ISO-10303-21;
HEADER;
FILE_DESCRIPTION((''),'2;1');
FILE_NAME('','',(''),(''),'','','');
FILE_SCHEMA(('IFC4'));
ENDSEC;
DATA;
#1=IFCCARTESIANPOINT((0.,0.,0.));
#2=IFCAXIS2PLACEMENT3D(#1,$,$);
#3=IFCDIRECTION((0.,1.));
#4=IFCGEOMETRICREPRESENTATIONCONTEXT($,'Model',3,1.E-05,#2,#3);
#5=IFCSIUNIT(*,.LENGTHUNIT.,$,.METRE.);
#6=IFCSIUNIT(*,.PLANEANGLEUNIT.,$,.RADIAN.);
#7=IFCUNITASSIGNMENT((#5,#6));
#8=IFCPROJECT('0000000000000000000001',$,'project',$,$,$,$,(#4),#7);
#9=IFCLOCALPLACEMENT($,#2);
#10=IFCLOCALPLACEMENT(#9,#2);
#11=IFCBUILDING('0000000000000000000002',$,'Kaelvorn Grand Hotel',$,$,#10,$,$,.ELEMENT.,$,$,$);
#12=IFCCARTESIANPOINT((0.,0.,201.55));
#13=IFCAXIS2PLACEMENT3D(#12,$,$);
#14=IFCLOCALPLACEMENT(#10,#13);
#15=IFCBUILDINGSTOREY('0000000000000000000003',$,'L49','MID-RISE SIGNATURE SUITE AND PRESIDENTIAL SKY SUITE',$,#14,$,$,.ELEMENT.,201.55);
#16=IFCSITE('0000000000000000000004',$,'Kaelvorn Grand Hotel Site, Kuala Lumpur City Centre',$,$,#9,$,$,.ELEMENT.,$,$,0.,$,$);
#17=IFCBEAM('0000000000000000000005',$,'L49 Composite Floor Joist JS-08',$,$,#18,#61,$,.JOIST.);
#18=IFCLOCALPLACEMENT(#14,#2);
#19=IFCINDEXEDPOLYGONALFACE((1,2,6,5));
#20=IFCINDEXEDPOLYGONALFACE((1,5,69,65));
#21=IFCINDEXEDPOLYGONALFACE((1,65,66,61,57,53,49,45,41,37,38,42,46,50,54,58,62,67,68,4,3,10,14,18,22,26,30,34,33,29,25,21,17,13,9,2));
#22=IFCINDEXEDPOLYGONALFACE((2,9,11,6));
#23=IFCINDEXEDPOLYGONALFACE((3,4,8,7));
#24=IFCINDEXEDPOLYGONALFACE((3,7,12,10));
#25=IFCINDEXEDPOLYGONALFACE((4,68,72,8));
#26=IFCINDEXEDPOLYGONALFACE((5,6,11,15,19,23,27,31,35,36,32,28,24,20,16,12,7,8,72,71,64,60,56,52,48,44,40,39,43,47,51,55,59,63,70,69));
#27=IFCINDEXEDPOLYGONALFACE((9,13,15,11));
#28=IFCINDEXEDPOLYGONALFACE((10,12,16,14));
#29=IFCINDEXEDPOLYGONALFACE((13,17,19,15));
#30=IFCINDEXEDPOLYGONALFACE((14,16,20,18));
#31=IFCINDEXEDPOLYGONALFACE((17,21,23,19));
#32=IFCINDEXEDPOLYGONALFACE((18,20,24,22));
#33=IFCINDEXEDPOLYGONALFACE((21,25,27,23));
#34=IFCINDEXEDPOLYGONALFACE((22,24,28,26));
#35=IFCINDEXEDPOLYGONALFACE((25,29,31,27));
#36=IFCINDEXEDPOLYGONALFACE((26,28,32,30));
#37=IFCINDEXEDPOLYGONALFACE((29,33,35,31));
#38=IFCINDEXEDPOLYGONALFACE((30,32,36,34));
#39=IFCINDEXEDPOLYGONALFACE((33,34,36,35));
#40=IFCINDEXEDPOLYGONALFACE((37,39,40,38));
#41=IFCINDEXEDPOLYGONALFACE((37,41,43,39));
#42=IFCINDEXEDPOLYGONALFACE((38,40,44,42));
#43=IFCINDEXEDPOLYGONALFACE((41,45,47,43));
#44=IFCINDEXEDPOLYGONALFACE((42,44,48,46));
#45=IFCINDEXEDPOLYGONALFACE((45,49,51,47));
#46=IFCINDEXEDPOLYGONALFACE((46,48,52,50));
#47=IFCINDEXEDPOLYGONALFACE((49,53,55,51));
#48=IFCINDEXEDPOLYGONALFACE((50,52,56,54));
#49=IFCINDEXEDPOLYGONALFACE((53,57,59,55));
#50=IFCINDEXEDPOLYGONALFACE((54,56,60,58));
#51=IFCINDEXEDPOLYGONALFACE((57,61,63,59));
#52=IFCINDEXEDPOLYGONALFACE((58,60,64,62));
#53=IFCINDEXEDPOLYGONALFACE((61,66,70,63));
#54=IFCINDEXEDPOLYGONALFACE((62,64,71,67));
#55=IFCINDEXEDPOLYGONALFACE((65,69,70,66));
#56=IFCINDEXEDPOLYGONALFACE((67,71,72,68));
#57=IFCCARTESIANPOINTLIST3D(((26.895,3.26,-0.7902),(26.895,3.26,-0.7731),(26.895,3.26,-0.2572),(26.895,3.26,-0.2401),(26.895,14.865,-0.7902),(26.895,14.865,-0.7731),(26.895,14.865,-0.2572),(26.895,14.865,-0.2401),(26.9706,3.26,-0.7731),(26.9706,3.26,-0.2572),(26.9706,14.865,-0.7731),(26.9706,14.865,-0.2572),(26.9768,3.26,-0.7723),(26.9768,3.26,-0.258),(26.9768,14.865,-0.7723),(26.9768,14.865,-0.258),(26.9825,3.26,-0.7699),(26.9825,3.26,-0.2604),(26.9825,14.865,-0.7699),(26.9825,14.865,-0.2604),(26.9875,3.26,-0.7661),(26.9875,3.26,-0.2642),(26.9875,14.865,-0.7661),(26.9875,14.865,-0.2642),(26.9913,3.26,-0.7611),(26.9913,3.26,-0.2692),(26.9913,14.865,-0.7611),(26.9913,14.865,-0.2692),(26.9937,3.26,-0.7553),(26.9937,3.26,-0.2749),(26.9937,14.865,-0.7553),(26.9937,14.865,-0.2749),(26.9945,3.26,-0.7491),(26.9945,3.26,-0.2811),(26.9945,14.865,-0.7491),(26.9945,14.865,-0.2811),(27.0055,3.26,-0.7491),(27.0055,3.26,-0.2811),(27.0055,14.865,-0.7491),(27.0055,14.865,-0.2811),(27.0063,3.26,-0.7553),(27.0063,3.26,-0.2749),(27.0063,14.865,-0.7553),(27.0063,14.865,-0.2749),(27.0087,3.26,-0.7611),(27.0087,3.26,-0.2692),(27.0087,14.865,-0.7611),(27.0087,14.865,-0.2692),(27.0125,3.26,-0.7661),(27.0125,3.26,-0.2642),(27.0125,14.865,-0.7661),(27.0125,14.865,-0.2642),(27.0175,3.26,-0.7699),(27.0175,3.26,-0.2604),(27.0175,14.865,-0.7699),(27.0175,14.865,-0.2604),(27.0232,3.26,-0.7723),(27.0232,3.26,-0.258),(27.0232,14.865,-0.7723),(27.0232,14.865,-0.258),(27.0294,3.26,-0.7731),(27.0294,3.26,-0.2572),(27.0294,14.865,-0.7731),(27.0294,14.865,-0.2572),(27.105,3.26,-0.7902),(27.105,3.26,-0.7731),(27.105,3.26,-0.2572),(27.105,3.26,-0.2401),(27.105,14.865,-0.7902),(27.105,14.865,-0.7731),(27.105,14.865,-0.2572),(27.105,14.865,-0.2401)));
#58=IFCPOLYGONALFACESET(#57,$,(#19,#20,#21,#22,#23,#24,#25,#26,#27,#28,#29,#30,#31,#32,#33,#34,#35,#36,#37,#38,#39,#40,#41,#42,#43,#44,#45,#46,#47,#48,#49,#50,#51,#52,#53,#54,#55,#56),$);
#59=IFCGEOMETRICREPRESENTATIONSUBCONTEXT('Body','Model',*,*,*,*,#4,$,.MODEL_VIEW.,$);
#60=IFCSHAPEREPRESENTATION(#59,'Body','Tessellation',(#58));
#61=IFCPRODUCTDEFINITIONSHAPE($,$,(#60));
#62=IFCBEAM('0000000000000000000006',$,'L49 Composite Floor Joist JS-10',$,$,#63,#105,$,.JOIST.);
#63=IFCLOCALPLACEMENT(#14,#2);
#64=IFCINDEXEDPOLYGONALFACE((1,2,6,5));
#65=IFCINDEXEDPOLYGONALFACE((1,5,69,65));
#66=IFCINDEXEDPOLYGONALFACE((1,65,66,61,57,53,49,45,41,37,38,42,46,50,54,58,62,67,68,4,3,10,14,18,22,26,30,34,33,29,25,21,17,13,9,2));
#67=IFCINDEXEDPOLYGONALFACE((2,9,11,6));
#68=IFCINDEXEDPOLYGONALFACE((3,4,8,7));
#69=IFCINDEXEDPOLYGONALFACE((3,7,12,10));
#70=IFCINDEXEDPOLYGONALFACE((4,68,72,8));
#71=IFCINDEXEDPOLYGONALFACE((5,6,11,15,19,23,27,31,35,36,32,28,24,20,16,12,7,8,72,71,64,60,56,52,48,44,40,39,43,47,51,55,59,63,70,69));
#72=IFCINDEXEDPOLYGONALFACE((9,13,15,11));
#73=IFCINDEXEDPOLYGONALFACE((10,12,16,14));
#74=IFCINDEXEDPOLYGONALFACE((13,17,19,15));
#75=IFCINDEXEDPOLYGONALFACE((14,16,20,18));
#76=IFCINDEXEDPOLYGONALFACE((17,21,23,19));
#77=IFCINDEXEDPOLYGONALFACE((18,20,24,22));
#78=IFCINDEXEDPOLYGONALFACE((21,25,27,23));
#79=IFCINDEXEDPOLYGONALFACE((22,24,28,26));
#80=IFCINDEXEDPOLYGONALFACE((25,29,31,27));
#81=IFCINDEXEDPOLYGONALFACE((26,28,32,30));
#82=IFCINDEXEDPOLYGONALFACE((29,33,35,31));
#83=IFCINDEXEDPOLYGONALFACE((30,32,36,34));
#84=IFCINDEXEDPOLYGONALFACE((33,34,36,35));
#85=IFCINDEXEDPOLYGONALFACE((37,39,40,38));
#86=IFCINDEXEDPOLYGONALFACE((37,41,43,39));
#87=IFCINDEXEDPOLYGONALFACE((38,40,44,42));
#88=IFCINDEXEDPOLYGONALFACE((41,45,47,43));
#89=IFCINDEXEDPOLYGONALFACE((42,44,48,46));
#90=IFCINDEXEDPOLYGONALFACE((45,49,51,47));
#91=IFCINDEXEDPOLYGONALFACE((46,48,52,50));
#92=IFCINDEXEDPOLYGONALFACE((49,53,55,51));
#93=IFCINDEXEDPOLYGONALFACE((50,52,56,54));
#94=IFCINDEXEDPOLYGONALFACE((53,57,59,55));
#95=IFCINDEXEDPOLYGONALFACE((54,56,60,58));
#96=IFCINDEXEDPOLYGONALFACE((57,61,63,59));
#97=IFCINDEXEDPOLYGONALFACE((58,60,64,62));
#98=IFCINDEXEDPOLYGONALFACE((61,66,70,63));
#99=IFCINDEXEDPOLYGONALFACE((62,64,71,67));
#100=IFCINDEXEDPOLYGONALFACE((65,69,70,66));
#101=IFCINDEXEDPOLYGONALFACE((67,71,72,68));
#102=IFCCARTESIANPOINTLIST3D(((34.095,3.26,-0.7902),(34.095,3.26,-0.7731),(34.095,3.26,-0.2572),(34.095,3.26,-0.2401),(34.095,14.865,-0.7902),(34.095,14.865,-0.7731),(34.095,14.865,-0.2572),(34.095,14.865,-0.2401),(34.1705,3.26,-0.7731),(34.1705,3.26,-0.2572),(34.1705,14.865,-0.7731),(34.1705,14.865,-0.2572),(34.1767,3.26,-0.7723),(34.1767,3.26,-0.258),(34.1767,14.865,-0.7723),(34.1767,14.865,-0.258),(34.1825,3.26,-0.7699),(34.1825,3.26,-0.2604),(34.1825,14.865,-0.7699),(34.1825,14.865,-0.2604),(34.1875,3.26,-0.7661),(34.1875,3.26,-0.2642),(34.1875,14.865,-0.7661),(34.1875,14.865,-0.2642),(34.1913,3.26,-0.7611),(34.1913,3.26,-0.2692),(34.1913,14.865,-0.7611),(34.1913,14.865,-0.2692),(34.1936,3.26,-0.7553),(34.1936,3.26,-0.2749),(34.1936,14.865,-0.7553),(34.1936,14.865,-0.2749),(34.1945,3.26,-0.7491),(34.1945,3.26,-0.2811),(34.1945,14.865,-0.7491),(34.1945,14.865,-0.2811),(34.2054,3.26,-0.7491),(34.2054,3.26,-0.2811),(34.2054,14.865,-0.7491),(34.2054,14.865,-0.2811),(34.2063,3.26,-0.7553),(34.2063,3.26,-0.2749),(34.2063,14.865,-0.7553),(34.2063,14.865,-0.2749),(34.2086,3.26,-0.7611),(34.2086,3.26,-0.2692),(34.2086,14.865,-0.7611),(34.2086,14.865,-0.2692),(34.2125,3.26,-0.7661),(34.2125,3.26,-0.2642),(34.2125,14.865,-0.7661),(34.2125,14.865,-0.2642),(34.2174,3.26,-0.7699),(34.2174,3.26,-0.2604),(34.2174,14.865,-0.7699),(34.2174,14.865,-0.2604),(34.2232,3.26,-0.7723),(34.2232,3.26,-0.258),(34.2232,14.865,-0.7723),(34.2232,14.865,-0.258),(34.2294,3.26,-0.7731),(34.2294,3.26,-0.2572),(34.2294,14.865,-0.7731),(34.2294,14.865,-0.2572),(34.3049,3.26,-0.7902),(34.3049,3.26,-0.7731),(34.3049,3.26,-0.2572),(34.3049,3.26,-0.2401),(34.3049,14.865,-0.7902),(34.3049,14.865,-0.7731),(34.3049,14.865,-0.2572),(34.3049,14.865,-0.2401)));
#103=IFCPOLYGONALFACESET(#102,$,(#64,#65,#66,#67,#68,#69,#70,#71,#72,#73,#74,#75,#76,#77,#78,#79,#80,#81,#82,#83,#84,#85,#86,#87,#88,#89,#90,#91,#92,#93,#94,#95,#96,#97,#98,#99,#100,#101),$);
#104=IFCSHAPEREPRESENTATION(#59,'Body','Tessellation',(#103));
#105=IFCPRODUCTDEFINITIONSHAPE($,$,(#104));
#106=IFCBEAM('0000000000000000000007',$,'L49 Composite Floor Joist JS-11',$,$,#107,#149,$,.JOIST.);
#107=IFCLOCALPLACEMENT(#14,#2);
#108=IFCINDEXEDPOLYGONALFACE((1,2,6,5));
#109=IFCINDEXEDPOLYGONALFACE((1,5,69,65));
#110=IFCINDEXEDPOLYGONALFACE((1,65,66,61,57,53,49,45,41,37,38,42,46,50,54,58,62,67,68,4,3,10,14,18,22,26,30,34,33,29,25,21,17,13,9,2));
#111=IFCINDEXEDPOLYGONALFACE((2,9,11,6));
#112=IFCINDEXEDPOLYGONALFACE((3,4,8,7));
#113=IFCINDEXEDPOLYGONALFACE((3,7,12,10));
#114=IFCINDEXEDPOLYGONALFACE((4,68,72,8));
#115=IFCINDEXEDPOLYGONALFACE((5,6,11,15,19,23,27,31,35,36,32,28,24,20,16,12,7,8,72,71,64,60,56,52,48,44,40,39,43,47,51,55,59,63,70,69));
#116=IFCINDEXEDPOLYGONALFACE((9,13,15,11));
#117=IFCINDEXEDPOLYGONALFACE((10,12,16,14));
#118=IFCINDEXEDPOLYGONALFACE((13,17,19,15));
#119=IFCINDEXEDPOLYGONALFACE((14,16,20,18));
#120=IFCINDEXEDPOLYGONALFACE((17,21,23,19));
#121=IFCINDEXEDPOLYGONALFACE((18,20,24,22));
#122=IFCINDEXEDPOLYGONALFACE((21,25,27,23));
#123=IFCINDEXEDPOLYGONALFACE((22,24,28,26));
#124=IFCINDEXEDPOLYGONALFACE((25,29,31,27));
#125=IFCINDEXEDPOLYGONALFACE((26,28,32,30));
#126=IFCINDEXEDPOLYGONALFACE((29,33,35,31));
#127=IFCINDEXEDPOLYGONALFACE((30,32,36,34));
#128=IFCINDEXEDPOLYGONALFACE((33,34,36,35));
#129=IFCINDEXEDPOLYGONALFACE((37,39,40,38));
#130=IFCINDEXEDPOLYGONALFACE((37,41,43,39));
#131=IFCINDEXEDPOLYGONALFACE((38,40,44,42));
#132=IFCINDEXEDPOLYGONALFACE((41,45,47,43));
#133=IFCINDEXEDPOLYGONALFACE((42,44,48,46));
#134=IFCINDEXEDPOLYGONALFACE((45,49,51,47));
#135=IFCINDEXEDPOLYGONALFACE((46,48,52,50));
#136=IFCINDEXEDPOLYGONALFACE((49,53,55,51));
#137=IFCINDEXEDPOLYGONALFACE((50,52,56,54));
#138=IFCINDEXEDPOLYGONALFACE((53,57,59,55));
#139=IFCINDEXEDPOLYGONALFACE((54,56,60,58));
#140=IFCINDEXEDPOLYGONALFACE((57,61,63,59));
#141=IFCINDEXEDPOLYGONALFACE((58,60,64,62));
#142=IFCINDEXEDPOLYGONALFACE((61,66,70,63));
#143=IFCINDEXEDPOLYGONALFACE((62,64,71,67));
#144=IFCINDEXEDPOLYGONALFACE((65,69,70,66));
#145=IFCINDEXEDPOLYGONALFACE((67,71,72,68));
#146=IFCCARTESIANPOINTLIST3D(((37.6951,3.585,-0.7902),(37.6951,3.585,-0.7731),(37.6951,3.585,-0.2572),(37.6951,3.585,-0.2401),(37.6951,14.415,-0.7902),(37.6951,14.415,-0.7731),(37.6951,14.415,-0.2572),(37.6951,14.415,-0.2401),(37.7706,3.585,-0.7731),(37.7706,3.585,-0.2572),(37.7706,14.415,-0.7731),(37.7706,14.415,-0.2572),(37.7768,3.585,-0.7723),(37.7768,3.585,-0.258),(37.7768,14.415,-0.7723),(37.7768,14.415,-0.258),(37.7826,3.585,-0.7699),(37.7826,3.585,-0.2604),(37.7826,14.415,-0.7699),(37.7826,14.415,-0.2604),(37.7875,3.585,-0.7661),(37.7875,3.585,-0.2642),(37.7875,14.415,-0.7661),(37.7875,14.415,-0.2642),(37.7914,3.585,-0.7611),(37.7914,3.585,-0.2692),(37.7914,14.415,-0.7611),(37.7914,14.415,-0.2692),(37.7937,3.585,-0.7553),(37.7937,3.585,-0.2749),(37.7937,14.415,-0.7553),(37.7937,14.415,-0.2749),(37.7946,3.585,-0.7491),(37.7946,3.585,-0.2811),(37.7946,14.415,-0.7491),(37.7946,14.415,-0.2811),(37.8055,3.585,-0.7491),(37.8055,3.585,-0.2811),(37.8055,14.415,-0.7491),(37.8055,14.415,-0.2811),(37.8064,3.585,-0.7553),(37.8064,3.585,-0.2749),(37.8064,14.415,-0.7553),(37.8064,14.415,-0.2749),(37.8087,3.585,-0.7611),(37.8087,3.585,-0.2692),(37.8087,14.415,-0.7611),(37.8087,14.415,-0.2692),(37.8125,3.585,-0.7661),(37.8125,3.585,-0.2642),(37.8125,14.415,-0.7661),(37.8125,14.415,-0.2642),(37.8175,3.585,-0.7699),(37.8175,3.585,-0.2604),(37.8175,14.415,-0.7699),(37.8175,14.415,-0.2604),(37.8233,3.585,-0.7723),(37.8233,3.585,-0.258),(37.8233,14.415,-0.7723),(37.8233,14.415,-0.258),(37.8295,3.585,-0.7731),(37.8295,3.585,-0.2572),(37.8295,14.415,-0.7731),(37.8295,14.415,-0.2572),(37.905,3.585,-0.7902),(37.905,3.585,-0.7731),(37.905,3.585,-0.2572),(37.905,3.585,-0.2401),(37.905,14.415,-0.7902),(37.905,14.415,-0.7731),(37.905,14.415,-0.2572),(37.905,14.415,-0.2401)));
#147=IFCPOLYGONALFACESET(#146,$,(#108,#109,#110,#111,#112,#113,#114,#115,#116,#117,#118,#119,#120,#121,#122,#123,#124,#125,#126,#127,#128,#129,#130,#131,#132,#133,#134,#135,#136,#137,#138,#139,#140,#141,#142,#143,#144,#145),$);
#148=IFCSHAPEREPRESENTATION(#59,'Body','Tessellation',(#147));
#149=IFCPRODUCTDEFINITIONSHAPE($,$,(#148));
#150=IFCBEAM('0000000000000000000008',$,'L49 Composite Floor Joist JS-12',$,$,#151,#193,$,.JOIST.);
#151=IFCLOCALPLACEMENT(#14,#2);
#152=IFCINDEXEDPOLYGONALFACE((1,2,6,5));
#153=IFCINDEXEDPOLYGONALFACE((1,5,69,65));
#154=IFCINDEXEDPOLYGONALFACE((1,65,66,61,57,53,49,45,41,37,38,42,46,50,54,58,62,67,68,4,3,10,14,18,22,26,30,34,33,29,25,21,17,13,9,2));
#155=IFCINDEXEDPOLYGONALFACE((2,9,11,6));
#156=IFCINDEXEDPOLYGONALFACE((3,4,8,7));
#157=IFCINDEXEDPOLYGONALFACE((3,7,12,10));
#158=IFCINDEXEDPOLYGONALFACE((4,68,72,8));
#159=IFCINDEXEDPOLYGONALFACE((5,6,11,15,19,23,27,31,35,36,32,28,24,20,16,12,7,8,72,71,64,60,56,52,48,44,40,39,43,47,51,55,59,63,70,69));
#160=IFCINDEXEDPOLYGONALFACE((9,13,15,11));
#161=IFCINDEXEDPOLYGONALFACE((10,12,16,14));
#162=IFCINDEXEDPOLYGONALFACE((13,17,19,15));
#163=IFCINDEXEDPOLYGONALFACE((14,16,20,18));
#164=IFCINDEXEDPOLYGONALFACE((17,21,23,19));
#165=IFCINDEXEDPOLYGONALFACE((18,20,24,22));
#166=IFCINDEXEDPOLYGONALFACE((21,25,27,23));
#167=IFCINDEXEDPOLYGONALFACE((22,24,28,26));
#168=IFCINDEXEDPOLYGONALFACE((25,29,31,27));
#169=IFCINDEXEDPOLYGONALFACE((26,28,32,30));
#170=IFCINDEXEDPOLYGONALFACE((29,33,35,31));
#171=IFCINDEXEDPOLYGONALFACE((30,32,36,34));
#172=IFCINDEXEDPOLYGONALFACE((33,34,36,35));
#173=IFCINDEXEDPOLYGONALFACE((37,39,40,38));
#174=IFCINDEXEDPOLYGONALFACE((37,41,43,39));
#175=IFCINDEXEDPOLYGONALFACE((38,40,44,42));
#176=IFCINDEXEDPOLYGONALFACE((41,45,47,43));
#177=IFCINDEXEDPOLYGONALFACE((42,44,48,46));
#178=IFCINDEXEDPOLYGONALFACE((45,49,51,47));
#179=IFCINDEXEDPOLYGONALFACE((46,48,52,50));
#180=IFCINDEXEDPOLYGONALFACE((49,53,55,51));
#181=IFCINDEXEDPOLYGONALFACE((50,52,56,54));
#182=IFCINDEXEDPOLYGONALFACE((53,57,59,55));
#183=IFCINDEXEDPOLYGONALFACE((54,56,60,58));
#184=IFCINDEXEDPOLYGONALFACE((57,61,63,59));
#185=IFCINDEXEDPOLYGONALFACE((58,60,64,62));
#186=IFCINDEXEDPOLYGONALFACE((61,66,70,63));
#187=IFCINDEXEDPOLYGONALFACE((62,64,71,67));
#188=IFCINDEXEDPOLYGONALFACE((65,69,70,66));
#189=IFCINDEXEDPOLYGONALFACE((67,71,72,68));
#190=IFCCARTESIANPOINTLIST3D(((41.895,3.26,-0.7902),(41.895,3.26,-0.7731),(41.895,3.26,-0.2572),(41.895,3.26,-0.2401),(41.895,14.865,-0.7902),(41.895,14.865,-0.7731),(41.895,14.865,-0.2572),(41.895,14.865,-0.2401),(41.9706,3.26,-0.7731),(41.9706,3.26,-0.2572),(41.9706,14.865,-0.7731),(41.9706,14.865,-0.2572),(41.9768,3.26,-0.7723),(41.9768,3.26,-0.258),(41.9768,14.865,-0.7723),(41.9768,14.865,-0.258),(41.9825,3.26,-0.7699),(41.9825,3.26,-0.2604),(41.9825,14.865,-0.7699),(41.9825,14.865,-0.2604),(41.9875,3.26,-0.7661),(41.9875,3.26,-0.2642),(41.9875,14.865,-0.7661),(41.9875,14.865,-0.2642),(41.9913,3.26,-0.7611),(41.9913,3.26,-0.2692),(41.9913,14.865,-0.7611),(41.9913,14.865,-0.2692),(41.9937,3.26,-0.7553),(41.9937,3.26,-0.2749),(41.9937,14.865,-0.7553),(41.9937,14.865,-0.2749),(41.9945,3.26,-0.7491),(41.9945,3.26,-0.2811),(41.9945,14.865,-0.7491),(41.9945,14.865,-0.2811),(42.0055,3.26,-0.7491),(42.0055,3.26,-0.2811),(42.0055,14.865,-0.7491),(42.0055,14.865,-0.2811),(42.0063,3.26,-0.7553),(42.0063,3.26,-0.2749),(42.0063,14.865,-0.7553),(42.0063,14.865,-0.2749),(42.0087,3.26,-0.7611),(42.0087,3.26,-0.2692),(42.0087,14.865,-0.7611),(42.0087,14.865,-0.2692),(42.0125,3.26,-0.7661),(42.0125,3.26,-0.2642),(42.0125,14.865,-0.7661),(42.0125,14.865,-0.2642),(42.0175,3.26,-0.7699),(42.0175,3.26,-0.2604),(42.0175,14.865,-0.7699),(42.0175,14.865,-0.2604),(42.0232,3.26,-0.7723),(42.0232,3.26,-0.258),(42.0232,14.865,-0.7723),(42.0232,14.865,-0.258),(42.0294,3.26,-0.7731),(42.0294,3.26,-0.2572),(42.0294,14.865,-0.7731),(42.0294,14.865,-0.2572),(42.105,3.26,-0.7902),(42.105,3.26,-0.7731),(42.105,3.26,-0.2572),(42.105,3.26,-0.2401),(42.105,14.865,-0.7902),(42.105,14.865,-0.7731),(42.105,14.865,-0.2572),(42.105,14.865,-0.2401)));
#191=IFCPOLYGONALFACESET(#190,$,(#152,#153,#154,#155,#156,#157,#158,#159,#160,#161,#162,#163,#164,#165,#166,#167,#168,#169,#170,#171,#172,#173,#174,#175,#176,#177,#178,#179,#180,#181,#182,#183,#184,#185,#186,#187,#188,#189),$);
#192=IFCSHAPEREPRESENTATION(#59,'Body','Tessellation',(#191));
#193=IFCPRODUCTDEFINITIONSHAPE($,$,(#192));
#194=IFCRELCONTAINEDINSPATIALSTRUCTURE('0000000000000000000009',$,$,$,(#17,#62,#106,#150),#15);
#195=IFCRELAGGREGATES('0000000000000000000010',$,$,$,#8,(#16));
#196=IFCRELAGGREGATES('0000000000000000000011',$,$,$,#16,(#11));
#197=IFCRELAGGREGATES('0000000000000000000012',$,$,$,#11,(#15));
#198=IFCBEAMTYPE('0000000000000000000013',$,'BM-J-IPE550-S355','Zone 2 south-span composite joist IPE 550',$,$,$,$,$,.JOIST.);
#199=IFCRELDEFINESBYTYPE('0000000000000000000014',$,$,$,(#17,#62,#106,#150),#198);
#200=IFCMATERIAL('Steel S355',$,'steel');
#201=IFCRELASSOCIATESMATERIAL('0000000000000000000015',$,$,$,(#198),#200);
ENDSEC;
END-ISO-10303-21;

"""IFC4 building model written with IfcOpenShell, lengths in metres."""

from ifc_helpers import new_model, si_unit, direction, frame, origin, origin_2d, place, context, subcontext, project, spatial, i_section, extrude, material, material_profile, profile_set, type_object, element, save


model = new_model("IFC4")

# Units and contexts
model_context = context("Model", 3, precision=1e-05, world=origin(), true_north=direction((0.0, 1.0)))
body_context = subcontext(model_context, "Body", "Model", "MODEL_VIEW")
ifc_project = project(units=[si_unit("LENGTHUNIT", "METRE"), si_unit("PLANEANGLEUNIT", "RADIAN")], contexts=[model_context])

# Site, building, storey
site_placement = place(None, origin())
site = spatial("IfcSite", under=ifc_project, at=site_placement, Name="Kaelvorn Grand Hotel Site, Kuala Lumpur City Centre", CompositionType="ELEMENT", RefElevation=0.0)
building_placement = place(site_placement, origin())
building = spatial("IfcBuilding", under=site, at=building_placement, Name="Kaelvorn Grand Hotel", CompositionType="ELEMENT")
storey_placement = place(building_placement, frame((0.0, 0.0, 201.55)))
storey = spatial("IfcBuildingStorey", under=building, at=storey_placement, Name="L49", Description="MID-RISE SIGNATURE SUITE AND PRESIDENTIAL SKY SUITE", CompositionType="ELEMENT", Elevation=201.55)

# Beams
ifc_material_1 = material(Name="Steel S355", Category="steel")
ifc_material_profile_1 = material_profile(ifc_material_1, i_section(OverallWidth=0.21, OverallDepth=0.55, WebThickness=0.011, FlangeThickness=0.0171, FilletRadius=0.0239, at=origin_2d()), Name="IPE 550")
ifc_profile_set_1 = profile_set([ifc_material_profile_1], Name="Steel S355")
beam_type_1 = type_object("IfcBeamType", Name="BM-J-IPE550-S355", Description="Zone 2 south-span composite joist IPE 550", PredefinedType="JOIST", material=ifc_profile_set_1)
for number, where, z_axis, x_axis, name in (
    (1, (27.0, 3.26, -0.5151), (0.0, 1.0, 0.0), (-1.0, 0.0, 0.0), "L49 Composite Floor Joist JS-08"),
    (2, (34.2, 3.26, -0.5151), (0.0, 1.0, 0.0), (-1.0, 0.0, 0.0), "L49 Composite Floor Joist JS-10"),
):
    element("IfcBeam", number, at=place(storey_placement, frame(where, z_axis=z_axis, x_axis=x_axis)), inside=storey, type_object=beam_type_1, Name=name, PredefinedType="JOIST", context=body_context, shape_type="SweptSolid", body=[
        extrude(i_section(OverallWidth=0.21, OverallDepth=0.55, WebThickness=0.011, FlangeThickness=0.0171, FilletRadius=0.0239, at=origin_2d()), origin(), (0.0, 0.0, 1.0), 11.605),
    ])
beam_1_placement = place(storey_placement, frame((37.8, 3.585, -0.5151), z_axis=(0.0, 1.0, 0.0), x_axis=(-1.0, 0.0, 0.0)))
element("IfcBeam", 3, at=beam_1_placement, inside=storey, type_object=beam_type_1, Name="L49 Composite Floor Joist JS-11", PredefinedType="JOIST", context=body_context, shape_type="SweptSolid", body=[
    extrude(i_section(OverallWidth=0.21, OverallDepth=0.55, WebThickness=0.011, FlangeThickness=0.0171, FilletRadius=0.0239, at=origin_2d()), origin(), (0.0, 0.0, 1.0), 10.8301),
])
beam_2_placement = place(storey_placement, frame((42.0, 3.26, -0.5151), z_axis=(0.0, 1.0, 0.0), x_axis=(-1.0, 0.0, 0.0)))
element("IfcBeam", 4, at=beam_2_placement, inside=storey, type_object=beam_type_1, Name="L49 Composite Floor Joist JS-12", PredefinedType="JOIST", context=body_context, shape_type="SweptSolid", body=[
    extrude(i_section(OverallWidth=0.21, OverallDepth=0.55, WebThickness=0.011, FlangeThickness=0.0171, FilletRadius=0.0239, at=origin_2d()), origin(), (0.0, 0.0, 1.0), 11.605),
])

save(model, "model.ifc")
